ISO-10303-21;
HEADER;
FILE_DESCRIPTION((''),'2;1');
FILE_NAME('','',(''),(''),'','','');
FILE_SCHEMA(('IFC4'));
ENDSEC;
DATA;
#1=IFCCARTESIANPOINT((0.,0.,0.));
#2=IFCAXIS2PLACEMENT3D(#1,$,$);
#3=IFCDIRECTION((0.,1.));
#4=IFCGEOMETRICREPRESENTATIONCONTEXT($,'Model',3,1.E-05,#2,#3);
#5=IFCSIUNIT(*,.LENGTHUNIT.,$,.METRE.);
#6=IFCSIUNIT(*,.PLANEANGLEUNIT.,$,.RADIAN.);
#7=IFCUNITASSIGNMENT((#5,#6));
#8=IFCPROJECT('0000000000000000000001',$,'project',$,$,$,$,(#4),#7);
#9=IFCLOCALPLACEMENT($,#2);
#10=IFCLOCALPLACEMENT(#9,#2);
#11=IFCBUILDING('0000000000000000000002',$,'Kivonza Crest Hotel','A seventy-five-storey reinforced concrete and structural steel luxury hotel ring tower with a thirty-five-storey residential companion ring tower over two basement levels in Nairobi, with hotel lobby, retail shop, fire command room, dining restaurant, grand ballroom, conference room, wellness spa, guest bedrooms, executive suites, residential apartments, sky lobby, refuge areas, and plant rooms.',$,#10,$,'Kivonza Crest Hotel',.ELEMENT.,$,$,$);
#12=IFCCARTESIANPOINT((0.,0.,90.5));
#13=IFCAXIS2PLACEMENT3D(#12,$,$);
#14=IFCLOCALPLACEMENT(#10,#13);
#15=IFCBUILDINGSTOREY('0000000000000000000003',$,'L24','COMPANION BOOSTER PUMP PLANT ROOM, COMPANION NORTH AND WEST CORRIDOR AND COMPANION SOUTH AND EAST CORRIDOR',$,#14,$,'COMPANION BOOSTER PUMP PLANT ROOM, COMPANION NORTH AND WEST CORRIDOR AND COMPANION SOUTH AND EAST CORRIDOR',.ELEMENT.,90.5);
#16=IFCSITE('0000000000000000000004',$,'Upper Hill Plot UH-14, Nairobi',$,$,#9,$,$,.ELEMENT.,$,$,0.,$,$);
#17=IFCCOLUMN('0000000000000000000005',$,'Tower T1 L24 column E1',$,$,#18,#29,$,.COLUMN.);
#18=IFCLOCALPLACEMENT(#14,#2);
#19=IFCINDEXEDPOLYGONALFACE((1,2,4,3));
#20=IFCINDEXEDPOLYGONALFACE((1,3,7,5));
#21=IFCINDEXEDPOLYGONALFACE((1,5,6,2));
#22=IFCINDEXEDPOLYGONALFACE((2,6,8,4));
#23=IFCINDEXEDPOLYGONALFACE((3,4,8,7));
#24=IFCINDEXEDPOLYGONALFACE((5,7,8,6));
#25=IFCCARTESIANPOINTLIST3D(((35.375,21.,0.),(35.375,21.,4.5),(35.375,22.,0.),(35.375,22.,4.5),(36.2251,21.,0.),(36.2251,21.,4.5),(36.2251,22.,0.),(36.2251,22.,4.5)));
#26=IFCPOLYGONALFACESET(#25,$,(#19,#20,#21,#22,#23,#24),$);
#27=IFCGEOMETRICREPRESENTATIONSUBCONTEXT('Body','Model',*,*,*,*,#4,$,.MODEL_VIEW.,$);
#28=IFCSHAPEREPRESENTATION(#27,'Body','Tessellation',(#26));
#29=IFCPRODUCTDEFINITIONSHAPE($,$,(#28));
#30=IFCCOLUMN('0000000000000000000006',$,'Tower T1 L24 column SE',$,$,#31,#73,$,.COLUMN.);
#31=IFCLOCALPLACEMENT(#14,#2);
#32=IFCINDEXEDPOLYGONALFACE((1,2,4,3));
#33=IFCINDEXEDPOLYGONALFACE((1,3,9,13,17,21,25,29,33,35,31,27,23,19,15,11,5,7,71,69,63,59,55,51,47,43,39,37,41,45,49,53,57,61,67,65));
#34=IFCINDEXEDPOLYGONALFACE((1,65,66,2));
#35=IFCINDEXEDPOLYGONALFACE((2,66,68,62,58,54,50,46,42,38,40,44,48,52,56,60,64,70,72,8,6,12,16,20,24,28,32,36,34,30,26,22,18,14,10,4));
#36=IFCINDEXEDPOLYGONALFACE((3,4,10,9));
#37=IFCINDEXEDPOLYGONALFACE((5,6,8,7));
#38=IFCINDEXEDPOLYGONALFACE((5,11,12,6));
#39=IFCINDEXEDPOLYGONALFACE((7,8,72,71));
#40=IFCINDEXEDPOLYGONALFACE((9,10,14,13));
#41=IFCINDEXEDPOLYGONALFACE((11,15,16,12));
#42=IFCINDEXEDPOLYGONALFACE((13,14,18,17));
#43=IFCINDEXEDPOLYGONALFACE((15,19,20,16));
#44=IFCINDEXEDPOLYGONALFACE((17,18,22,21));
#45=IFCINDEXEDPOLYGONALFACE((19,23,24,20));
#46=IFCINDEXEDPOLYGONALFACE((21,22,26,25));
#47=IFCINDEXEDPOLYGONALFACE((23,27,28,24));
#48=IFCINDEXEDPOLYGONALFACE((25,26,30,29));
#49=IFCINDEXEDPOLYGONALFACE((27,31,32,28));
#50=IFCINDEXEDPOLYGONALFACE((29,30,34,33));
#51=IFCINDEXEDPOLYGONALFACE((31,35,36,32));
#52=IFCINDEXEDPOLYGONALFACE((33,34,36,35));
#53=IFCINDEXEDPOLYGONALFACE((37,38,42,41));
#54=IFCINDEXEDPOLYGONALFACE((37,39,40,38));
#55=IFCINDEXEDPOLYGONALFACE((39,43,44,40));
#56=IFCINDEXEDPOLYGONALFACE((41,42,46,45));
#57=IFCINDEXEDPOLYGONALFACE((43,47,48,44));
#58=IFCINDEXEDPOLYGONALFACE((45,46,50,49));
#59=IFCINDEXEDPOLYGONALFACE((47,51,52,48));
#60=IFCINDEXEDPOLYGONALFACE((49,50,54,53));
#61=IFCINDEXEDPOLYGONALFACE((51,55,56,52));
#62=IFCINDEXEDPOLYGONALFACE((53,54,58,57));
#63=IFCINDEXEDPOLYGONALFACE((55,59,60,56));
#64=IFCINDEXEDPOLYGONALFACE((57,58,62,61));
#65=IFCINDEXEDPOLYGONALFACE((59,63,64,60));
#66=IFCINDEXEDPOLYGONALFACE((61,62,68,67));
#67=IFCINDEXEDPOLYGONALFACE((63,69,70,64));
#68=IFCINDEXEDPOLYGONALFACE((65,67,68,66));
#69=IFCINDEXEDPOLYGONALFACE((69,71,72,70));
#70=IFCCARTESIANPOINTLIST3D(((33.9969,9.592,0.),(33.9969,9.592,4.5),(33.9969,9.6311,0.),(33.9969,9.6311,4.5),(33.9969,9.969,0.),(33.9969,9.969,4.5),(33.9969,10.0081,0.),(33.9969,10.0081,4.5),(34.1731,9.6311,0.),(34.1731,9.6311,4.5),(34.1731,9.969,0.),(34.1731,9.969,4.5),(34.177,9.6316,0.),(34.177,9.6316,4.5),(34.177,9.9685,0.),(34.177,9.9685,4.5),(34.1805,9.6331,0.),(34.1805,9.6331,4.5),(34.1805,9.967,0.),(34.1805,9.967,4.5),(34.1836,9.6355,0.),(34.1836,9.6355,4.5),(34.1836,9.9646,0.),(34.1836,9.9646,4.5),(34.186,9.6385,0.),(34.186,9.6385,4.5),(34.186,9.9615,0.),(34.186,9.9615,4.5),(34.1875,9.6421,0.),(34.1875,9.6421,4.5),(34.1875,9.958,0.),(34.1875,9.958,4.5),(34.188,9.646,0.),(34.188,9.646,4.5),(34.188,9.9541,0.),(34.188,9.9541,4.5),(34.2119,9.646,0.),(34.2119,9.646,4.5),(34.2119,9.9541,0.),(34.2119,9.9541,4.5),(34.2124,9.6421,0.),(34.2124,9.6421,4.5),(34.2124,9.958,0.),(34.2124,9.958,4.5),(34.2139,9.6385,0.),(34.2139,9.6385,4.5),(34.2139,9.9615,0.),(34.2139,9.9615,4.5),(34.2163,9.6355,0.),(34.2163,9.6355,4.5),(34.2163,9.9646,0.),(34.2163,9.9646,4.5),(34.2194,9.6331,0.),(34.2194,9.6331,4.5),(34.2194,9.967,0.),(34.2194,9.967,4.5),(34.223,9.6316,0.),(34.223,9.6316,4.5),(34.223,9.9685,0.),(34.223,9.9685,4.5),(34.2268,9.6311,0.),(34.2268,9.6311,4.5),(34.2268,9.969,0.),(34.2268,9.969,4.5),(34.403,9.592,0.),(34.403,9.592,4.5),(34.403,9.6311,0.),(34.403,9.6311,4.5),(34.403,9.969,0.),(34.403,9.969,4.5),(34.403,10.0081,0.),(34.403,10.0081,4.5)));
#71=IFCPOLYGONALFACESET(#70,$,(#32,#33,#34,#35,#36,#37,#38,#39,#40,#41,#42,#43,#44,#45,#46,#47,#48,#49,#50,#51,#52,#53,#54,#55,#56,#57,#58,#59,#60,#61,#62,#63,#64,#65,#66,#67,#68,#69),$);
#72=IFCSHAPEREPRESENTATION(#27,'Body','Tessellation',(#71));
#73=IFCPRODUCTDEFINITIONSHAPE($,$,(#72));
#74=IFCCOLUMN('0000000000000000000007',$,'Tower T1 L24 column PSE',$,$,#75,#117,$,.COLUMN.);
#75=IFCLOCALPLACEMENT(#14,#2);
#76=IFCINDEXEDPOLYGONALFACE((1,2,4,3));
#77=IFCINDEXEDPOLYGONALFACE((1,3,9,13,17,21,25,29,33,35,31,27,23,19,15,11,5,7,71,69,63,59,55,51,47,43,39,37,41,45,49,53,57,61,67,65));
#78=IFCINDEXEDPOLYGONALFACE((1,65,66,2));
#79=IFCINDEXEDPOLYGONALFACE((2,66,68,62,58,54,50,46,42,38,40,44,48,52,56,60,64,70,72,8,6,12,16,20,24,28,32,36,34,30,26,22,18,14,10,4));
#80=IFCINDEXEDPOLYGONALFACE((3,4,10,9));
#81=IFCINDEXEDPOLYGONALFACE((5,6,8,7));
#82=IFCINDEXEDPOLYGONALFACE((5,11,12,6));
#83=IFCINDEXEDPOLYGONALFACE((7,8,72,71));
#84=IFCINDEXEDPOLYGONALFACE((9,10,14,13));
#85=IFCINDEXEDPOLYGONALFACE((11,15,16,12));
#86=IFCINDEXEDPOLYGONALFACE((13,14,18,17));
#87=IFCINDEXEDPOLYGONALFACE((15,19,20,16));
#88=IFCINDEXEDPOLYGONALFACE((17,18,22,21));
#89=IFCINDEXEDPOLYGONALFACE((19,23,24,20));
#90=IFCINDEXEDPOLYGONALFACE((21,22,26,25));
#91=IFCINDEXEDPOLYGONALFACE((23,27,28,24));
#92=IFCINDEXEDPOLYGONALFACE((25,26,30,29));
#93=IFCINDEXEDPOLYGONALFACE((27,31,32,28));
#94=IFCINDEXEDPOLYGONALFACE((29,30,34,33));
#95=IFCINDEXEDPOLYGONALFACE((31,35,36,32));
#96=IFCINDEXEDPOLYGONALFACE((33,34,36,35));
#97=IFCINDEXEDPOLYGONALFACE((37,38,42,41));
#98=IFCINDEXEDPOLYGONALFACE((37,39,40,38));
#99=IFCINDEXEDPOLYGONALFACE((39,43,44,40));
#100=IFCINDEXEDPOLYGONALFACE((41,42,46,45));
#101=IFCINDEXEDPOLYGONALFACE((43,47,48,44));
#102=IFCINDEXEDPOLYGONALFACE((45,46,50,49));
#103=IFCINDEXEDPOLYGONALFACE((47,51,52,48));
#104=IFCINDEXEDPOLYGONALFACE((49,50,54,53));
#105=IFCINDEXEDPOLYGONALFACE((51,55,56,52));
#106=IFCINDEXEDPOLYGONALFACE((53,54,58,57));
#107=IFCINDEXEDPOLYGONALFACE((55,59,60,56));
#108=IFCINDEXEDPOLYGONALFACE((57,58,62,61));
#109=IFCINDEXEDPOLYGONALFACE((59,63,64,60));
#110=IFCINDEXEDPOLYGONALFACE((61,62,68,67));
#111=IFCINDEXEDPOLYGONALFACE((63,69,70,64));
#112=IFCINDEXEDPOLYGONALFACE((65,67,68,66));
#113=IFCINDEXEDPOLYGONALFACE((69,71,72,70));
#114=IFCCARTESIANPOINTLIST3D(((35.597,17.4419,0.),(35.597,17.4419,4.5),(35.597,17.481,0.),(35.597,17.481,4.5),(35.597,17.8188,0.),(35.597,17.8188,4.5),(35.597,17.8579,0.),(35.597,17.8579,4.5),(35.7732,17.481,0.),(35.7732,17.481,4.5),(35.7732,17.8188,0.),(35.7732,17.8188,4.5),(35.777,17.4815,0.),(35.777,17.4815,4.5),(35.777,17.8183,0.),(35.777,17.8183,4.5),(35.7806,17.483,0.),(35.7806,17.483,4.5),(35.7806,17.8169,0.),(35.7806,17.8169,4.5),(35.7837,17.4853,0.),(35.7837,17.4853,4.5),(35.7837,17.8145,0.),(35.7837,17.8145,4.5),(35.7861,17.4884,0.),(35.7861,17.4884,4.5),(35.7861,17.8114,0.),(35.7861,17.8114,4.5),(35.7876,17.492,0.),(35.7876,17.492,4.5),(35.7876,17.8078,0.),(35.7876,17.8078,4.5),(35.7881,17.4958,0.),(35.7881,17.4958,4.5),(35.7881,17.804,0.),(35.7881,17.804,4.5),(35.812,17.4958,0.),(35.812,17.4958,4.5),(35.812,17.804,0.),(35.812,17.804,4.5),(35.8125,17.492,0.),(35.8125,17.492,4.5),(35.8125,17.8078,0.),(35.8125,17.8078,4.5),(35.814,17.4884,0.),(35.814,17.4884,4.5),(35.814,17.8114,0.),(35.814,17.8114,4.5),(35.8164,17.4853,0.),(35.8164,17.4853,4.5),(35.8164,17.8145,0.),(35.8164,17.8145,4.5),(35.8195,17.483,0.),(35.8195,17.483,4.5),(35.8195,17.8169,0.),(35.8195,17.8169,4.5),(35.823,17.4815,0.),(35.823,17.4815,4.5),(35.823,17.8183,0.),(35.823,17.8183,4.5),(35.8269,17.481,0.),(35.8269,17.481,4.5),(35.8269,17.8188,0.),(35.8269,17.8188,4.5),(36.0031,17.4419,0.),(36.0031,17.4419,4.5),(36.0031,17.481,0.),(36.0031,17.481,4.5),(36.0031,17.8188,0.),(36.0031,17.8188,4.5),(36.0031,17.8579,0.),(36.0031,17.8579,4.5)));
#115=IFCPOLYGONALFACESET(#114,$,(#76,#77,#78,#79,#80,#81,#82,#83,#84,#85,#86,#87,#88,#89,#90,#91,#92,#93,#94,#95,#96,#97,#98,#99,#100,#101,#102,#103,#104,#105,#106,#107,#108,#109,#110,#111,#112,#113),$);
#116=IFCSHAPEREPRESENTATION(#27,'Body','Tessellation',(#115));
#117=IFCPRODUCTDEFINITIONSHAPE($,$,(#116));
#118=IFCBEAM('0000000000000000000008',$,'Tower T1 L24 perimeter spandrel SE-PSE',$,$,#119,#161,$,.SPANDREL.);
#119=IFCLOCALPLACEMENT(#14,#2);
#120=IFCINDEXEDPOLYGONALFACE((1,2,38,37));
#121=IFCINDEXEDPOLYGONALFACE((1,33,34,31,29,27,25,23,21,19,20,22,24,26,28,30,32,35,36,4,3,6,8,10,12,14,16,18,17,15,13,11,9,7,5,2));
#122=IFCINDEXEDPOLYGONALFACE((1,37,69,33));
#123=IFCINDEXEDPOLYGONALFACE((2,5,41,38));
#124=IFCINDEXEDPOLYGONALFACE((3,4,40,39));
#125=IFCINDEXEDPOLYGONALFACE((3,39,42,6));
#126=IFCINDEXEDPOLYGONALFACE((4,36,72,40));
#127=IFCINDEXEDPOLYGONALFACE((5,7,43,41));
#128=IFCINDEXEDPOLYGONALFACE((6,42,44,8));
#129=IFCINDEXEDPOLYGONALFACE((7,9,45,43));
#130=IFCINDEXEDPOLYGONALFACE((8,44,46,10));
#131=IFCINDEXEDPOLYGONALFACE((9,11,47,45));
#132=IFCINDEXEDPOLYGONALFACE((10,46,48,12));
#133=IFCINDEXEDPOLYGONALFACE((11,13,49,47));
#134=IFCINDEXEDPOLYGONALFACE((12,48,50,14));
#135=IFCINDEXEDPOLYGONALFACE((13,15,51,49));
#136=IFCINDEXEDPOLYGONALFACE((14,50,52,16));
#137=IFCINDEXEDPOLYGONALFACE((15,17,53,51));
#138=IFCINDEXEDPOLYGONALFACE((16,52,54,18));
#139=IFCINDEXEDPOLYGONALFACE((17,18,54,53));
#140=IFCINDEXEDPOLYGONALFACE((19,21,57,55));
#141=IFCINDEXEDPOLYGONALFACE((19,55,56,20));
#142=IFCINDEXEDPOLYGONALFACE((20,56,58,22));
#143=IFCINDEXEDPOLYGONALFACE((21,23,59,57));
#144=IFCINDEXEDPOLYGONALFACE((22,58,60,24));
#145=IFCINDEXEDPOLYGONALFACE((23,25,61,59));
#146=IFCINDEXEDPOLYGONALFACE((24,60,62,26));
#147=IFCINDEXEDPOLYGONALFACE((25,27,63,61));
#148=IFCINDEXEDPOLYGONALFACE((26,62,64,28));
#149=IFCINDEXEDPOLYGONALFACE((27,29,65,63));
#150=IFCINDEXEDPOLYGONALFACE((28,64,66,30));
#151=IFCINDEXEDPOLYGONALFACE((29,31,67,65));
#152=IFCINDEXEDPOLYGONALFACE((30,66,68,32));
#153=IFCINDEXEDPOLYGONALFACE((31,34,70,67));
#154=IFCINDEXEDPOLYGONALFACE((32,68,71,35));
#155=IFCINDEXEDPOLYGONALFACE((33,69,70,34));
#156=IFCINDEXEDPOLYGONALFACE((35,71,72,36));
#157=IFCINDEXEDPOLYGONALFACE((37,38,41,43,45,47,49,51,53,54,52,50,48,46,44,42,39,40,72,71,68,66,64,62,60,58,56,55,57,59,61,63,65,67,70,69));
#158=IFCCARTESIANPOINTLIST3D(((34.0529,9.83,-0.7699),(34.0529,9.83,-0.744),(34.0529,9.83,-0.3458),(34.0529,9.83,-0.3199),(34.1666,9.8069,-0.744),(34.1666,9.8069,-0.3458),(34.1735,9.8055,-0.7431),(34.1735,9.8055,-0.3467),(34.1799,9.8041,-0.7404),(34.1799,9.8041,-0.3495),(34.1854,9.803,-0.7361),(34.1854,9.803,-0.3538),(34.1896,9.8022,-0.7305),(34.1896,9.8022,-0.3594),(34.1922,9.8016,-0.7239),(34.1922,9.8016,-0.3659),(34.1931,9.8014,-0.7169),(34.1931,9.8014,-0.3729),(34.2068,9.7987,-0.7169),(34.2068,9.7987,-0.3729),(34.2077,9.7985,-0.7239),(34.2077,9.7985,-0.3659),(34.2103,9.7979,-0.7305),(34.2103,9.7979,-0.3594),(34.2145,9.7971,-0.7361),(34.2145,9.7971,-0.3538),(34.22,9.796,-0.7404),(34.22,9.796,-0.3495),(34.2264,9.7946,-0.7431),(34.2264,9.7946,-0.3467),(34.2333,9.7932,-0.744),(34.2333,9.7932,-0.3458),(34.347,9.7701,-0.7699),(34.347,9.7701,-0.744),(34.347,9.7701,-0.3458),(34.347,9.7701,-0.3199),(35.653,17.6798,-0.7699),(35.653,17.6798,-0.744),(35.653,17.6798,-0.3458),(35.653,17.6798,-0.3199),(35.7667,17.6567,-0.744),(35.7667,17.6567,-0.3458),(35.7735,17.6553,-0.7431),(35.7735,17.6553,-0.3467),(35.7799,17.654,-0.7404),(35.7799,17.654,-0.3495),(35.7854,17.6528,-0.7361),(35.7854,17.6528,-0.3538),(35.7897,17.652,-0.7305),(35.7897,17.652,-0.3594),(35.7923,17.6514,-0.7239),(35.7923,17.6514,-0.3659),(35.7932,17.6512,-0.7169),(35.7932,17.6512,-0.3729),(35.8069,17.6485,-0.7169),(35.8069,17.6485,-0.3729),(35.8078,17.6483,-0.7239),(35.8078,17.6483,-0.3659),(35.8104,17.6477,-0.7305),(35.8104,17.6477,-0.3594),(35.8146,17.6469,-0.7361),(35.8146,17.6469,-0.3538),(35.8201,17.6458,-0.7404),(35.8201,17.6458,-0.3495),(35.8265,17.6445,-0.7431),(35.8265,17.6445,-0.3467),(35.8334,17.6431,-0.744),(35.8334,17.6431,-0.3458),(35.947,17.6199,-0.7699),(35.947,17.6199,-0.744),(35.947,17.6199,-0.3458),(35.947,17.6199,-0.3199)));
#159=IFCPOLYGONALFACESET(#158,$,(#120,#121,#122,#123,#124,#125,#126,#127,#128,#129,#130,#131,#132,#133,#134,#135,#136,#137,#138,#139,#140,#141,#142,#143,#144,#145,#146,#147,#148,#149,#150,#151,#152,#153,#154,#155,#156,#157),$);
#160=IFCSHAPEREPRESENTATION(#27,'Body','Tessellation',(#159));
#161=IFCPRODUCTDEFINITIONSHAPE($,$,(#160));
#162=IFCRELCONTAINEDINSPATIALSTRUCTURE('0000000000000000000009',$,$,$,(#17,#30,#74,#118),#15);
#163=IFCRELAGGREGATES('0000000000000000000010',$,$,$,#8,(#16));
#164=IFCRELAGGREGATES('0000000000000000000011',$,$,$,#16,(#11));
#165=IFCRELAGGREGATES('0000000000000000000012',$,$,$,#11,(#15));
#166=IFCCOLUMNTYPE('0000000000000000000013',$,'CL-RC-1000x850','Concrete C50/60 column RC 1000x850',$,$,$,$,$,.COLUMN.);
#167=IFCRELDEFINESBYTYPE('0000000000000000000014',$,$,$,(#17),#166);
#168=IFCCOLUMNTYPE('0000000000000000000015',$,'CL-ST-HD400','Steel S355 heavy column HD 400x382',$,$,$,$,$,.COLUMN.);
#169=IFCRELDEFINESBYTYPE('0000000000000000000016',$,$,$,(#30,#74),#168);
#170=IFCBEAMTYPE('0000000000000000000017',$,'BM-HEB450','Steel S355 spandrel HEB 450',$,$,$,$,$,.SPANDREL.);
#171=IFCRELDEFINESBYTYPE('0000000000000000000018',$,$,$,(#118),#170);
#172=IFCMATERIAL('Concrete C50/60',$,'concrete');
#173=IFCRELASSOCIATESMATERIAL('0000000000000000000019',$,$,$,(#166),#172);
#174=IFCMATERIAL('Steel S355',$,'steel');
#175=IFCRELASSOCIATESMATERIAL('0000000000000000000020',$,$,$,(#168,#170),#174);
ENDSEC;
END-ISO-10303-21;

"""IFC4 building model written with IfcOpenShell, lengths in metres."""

from ifc_helpers import new_model, si_unit, direction, frame, origin, origin_2d, place, context, subcontext, project, spatial, rectangle, i_section, extrude, material, material_profile, profile_set, type_object, element, save


model = new_model("IFC4")

# Units and contexts
model_context = context("Model", 3, precision=1e-05, world=origin(), true_north=direction((0.0, 1.0)))
body_context = subcontext(model_context, "Body", "Model", "MODEL_VIEW")
ifc_project = project(units=[si_unit("LENGTHUNIT", "METRE"), si_unit("PLANEANGLEUNIT", "RADIAN")], contexts=[model_context])

# Site, building, storey
site_placement = place(None, origin())
site = spatial("IfcSite", under=ifc_project, at=site_placement, Name="Upper Hill Plot UH-14, Nairobi", CompositionType="ELEMENT", RefElevation=0.0)
building_placement = place(site_placement, origin())
building = spatial("IfcBuilding", under=site, at=building_placement, Name="Kivonza Crest Hotel", Description="A seventy-five-storey reinforced concrete and structural steel luxury hotel ring tower with a thirty-five-storey residential companion ring tower over two basement levels in Nairobi, with hotel lobby, retail shop, fire command room, dining restaurant, grand ballroom, conference room, wellness spa, guest bedrooms, executive suites, residential apartments, sky lobby, refuge areas, and plant rooms.", LongName="Kivonza Crest Hotel", CompositionType="ELEMENT")
storey_placement = place(building_placement, frame((0.0, 0.0, 90.5)))
storey = spatial("IfcBuildingStorey", under=building, at=storey_placement, Name="L24", Description="COMPANION BOOSTER PUMP PLANT ROOM, COMPANION NORTH AND WEST CORRIDOR AND COMPANION SOUTH AND EAST CORRIDOR", LongName="COMPANION BOOSTER PUMP PLANT ROOM, COMPANION NORTH AND WEST CORRIDOR AND COMPANION SOUTH AND EAST CORRIDOR", CompositionType="ELEMENT", Elevation=90.5)

# Columns
ifc_material_1 = material(Name="Concrete C50/60", Category="concrete")
ifc_material_profile_1 = material_profile(ifc_material_1, rectangle(XDim=0.8501, YDim=1.0, at=origin_2d()), Name="RC 1000x850")
ifc_profile_set_1 = profile_set([ifc_material_profile_1], Name="Concrete C50/60")
column_type_1 = type_object("IfcColumnType", Name="CL-RC-1000x850", Description="Concrete C50/60 column RC 1000x850", PredefinedType="COLUMN", material=ifc_profile_set_1)
column_placement = place(storey_placement, frame((35.8, 21.5, 0.0), z_axis=(0.0, 0.0, 1.0), x_axis=(1.0, 0.0, 0.0)))
element("IfcColumn", 1, at=column_placement, inside=storey, type_object=column_type_1, Name="Tower T1 L24 column E1", PredefinedType="COLUMN", context=body_context, shape_type="SweptSolid", body=[
    extrude(rectangle(XDim=0.8501, YDim=1.0, at=origin_2d()), origin(), (0.0, 0.0, 1.0), 4.5),
])
ifc_material_2 = material(Name="Steel S355", Category="steel")
ifc_material_profile_2 = material_profile(ifc_material_2, i_section(OverallWidth=0.406, OverallDepth=0.416, WebThickness=0.0239, FlangeThickness=0.0391, FilletRadius=0.0149, at=origin_2d()), Name="HD 400x382")
ifc_profile_set_2 = profile_set([ifc_material_profile_2], Name="Steel S355")
column_type_2 = type_object("IfcColumnType", Name="CL-ST-HD400", Description="Steel S355 heavy column HD 400x382", PredefinedType="COLUMN", material=ifc_profile_set_2)
for number, where, z_axis, x_axis, name in (
    (2, (34.2, 9.8, 0.0), (0.0, 0.0, 1.0), (1.0, 0.0, 0.0), "Tower T1 L24 column SE"),
    (3, (35.8, 17.6499, 0.0), (0.0, 0.0, 1.0), (1.0, 0.0, 0.0), "Tower T1 L24 column PSE"),
):
    element("IfcColumn", number, at=place(storey_placement, frame(where, z_axis=z_axis, x_axis=x_axis)), inside=storey, type_object=column_type_2, Name=name, PredefinedType="COLUMN", context=body_context, shape_type="SweptSolid", body=[
        extrude(i_section(OverallWidth=0.406, OverallDepth=0.416, WebThickness=0.0239, FlangeThickness=0.0391, FilletRadius=0.0149, at=origin_2d()), origin(), (0.0, 0.0, 1.0), 4.5),
    ])

# Beam
ifc_material_profile_3 = material_profile(ifc_material_2, i_section(OverallWidth=0.3, OverallDepth=0.45, WebThickness=0.0139, FlangeThickness=0.0259, FilletRadius=0.0271, at=origin_2d()), Name="HEB 450")
ifc_profile_set_3 = profile_set([ifc_material_profile_3], Name="Steel S355")
beam_type_1 = type_object("IfcBeamType", Name="BM-HEB450", Description="Steel S355 spandrel HEB 450", PredefinedType="SPANDREL", material=ifc_profile_set_3)
beam_1_placement = place(storey_placement, frame((34.2, 9.8, -0.5449), z_axis=(0.199731, 0.979851, 0.0), x_axis=(-0.979851, 0.199731, 0.0)))
element("IfcBeam", 4, at=beam_1_placement, inside=storey, type_object=beam_type_1, Name="Tower T1 L24 perimeter spandrel SE-PSE", PredefinedType="SPANDREL", context=body_context, shape_type="SweptSolid", body=[
    extrude(i_section(OverallWidth=0.3, OverallDepth=0.45, WebThickness=0.0139, FlangeThickness=0.0259, FilletRadius=0.0271, at=origin_2d()), origin(), (0.0, 0.0, 1.0), 8.0112),
])

save(model, "model.ifc")
